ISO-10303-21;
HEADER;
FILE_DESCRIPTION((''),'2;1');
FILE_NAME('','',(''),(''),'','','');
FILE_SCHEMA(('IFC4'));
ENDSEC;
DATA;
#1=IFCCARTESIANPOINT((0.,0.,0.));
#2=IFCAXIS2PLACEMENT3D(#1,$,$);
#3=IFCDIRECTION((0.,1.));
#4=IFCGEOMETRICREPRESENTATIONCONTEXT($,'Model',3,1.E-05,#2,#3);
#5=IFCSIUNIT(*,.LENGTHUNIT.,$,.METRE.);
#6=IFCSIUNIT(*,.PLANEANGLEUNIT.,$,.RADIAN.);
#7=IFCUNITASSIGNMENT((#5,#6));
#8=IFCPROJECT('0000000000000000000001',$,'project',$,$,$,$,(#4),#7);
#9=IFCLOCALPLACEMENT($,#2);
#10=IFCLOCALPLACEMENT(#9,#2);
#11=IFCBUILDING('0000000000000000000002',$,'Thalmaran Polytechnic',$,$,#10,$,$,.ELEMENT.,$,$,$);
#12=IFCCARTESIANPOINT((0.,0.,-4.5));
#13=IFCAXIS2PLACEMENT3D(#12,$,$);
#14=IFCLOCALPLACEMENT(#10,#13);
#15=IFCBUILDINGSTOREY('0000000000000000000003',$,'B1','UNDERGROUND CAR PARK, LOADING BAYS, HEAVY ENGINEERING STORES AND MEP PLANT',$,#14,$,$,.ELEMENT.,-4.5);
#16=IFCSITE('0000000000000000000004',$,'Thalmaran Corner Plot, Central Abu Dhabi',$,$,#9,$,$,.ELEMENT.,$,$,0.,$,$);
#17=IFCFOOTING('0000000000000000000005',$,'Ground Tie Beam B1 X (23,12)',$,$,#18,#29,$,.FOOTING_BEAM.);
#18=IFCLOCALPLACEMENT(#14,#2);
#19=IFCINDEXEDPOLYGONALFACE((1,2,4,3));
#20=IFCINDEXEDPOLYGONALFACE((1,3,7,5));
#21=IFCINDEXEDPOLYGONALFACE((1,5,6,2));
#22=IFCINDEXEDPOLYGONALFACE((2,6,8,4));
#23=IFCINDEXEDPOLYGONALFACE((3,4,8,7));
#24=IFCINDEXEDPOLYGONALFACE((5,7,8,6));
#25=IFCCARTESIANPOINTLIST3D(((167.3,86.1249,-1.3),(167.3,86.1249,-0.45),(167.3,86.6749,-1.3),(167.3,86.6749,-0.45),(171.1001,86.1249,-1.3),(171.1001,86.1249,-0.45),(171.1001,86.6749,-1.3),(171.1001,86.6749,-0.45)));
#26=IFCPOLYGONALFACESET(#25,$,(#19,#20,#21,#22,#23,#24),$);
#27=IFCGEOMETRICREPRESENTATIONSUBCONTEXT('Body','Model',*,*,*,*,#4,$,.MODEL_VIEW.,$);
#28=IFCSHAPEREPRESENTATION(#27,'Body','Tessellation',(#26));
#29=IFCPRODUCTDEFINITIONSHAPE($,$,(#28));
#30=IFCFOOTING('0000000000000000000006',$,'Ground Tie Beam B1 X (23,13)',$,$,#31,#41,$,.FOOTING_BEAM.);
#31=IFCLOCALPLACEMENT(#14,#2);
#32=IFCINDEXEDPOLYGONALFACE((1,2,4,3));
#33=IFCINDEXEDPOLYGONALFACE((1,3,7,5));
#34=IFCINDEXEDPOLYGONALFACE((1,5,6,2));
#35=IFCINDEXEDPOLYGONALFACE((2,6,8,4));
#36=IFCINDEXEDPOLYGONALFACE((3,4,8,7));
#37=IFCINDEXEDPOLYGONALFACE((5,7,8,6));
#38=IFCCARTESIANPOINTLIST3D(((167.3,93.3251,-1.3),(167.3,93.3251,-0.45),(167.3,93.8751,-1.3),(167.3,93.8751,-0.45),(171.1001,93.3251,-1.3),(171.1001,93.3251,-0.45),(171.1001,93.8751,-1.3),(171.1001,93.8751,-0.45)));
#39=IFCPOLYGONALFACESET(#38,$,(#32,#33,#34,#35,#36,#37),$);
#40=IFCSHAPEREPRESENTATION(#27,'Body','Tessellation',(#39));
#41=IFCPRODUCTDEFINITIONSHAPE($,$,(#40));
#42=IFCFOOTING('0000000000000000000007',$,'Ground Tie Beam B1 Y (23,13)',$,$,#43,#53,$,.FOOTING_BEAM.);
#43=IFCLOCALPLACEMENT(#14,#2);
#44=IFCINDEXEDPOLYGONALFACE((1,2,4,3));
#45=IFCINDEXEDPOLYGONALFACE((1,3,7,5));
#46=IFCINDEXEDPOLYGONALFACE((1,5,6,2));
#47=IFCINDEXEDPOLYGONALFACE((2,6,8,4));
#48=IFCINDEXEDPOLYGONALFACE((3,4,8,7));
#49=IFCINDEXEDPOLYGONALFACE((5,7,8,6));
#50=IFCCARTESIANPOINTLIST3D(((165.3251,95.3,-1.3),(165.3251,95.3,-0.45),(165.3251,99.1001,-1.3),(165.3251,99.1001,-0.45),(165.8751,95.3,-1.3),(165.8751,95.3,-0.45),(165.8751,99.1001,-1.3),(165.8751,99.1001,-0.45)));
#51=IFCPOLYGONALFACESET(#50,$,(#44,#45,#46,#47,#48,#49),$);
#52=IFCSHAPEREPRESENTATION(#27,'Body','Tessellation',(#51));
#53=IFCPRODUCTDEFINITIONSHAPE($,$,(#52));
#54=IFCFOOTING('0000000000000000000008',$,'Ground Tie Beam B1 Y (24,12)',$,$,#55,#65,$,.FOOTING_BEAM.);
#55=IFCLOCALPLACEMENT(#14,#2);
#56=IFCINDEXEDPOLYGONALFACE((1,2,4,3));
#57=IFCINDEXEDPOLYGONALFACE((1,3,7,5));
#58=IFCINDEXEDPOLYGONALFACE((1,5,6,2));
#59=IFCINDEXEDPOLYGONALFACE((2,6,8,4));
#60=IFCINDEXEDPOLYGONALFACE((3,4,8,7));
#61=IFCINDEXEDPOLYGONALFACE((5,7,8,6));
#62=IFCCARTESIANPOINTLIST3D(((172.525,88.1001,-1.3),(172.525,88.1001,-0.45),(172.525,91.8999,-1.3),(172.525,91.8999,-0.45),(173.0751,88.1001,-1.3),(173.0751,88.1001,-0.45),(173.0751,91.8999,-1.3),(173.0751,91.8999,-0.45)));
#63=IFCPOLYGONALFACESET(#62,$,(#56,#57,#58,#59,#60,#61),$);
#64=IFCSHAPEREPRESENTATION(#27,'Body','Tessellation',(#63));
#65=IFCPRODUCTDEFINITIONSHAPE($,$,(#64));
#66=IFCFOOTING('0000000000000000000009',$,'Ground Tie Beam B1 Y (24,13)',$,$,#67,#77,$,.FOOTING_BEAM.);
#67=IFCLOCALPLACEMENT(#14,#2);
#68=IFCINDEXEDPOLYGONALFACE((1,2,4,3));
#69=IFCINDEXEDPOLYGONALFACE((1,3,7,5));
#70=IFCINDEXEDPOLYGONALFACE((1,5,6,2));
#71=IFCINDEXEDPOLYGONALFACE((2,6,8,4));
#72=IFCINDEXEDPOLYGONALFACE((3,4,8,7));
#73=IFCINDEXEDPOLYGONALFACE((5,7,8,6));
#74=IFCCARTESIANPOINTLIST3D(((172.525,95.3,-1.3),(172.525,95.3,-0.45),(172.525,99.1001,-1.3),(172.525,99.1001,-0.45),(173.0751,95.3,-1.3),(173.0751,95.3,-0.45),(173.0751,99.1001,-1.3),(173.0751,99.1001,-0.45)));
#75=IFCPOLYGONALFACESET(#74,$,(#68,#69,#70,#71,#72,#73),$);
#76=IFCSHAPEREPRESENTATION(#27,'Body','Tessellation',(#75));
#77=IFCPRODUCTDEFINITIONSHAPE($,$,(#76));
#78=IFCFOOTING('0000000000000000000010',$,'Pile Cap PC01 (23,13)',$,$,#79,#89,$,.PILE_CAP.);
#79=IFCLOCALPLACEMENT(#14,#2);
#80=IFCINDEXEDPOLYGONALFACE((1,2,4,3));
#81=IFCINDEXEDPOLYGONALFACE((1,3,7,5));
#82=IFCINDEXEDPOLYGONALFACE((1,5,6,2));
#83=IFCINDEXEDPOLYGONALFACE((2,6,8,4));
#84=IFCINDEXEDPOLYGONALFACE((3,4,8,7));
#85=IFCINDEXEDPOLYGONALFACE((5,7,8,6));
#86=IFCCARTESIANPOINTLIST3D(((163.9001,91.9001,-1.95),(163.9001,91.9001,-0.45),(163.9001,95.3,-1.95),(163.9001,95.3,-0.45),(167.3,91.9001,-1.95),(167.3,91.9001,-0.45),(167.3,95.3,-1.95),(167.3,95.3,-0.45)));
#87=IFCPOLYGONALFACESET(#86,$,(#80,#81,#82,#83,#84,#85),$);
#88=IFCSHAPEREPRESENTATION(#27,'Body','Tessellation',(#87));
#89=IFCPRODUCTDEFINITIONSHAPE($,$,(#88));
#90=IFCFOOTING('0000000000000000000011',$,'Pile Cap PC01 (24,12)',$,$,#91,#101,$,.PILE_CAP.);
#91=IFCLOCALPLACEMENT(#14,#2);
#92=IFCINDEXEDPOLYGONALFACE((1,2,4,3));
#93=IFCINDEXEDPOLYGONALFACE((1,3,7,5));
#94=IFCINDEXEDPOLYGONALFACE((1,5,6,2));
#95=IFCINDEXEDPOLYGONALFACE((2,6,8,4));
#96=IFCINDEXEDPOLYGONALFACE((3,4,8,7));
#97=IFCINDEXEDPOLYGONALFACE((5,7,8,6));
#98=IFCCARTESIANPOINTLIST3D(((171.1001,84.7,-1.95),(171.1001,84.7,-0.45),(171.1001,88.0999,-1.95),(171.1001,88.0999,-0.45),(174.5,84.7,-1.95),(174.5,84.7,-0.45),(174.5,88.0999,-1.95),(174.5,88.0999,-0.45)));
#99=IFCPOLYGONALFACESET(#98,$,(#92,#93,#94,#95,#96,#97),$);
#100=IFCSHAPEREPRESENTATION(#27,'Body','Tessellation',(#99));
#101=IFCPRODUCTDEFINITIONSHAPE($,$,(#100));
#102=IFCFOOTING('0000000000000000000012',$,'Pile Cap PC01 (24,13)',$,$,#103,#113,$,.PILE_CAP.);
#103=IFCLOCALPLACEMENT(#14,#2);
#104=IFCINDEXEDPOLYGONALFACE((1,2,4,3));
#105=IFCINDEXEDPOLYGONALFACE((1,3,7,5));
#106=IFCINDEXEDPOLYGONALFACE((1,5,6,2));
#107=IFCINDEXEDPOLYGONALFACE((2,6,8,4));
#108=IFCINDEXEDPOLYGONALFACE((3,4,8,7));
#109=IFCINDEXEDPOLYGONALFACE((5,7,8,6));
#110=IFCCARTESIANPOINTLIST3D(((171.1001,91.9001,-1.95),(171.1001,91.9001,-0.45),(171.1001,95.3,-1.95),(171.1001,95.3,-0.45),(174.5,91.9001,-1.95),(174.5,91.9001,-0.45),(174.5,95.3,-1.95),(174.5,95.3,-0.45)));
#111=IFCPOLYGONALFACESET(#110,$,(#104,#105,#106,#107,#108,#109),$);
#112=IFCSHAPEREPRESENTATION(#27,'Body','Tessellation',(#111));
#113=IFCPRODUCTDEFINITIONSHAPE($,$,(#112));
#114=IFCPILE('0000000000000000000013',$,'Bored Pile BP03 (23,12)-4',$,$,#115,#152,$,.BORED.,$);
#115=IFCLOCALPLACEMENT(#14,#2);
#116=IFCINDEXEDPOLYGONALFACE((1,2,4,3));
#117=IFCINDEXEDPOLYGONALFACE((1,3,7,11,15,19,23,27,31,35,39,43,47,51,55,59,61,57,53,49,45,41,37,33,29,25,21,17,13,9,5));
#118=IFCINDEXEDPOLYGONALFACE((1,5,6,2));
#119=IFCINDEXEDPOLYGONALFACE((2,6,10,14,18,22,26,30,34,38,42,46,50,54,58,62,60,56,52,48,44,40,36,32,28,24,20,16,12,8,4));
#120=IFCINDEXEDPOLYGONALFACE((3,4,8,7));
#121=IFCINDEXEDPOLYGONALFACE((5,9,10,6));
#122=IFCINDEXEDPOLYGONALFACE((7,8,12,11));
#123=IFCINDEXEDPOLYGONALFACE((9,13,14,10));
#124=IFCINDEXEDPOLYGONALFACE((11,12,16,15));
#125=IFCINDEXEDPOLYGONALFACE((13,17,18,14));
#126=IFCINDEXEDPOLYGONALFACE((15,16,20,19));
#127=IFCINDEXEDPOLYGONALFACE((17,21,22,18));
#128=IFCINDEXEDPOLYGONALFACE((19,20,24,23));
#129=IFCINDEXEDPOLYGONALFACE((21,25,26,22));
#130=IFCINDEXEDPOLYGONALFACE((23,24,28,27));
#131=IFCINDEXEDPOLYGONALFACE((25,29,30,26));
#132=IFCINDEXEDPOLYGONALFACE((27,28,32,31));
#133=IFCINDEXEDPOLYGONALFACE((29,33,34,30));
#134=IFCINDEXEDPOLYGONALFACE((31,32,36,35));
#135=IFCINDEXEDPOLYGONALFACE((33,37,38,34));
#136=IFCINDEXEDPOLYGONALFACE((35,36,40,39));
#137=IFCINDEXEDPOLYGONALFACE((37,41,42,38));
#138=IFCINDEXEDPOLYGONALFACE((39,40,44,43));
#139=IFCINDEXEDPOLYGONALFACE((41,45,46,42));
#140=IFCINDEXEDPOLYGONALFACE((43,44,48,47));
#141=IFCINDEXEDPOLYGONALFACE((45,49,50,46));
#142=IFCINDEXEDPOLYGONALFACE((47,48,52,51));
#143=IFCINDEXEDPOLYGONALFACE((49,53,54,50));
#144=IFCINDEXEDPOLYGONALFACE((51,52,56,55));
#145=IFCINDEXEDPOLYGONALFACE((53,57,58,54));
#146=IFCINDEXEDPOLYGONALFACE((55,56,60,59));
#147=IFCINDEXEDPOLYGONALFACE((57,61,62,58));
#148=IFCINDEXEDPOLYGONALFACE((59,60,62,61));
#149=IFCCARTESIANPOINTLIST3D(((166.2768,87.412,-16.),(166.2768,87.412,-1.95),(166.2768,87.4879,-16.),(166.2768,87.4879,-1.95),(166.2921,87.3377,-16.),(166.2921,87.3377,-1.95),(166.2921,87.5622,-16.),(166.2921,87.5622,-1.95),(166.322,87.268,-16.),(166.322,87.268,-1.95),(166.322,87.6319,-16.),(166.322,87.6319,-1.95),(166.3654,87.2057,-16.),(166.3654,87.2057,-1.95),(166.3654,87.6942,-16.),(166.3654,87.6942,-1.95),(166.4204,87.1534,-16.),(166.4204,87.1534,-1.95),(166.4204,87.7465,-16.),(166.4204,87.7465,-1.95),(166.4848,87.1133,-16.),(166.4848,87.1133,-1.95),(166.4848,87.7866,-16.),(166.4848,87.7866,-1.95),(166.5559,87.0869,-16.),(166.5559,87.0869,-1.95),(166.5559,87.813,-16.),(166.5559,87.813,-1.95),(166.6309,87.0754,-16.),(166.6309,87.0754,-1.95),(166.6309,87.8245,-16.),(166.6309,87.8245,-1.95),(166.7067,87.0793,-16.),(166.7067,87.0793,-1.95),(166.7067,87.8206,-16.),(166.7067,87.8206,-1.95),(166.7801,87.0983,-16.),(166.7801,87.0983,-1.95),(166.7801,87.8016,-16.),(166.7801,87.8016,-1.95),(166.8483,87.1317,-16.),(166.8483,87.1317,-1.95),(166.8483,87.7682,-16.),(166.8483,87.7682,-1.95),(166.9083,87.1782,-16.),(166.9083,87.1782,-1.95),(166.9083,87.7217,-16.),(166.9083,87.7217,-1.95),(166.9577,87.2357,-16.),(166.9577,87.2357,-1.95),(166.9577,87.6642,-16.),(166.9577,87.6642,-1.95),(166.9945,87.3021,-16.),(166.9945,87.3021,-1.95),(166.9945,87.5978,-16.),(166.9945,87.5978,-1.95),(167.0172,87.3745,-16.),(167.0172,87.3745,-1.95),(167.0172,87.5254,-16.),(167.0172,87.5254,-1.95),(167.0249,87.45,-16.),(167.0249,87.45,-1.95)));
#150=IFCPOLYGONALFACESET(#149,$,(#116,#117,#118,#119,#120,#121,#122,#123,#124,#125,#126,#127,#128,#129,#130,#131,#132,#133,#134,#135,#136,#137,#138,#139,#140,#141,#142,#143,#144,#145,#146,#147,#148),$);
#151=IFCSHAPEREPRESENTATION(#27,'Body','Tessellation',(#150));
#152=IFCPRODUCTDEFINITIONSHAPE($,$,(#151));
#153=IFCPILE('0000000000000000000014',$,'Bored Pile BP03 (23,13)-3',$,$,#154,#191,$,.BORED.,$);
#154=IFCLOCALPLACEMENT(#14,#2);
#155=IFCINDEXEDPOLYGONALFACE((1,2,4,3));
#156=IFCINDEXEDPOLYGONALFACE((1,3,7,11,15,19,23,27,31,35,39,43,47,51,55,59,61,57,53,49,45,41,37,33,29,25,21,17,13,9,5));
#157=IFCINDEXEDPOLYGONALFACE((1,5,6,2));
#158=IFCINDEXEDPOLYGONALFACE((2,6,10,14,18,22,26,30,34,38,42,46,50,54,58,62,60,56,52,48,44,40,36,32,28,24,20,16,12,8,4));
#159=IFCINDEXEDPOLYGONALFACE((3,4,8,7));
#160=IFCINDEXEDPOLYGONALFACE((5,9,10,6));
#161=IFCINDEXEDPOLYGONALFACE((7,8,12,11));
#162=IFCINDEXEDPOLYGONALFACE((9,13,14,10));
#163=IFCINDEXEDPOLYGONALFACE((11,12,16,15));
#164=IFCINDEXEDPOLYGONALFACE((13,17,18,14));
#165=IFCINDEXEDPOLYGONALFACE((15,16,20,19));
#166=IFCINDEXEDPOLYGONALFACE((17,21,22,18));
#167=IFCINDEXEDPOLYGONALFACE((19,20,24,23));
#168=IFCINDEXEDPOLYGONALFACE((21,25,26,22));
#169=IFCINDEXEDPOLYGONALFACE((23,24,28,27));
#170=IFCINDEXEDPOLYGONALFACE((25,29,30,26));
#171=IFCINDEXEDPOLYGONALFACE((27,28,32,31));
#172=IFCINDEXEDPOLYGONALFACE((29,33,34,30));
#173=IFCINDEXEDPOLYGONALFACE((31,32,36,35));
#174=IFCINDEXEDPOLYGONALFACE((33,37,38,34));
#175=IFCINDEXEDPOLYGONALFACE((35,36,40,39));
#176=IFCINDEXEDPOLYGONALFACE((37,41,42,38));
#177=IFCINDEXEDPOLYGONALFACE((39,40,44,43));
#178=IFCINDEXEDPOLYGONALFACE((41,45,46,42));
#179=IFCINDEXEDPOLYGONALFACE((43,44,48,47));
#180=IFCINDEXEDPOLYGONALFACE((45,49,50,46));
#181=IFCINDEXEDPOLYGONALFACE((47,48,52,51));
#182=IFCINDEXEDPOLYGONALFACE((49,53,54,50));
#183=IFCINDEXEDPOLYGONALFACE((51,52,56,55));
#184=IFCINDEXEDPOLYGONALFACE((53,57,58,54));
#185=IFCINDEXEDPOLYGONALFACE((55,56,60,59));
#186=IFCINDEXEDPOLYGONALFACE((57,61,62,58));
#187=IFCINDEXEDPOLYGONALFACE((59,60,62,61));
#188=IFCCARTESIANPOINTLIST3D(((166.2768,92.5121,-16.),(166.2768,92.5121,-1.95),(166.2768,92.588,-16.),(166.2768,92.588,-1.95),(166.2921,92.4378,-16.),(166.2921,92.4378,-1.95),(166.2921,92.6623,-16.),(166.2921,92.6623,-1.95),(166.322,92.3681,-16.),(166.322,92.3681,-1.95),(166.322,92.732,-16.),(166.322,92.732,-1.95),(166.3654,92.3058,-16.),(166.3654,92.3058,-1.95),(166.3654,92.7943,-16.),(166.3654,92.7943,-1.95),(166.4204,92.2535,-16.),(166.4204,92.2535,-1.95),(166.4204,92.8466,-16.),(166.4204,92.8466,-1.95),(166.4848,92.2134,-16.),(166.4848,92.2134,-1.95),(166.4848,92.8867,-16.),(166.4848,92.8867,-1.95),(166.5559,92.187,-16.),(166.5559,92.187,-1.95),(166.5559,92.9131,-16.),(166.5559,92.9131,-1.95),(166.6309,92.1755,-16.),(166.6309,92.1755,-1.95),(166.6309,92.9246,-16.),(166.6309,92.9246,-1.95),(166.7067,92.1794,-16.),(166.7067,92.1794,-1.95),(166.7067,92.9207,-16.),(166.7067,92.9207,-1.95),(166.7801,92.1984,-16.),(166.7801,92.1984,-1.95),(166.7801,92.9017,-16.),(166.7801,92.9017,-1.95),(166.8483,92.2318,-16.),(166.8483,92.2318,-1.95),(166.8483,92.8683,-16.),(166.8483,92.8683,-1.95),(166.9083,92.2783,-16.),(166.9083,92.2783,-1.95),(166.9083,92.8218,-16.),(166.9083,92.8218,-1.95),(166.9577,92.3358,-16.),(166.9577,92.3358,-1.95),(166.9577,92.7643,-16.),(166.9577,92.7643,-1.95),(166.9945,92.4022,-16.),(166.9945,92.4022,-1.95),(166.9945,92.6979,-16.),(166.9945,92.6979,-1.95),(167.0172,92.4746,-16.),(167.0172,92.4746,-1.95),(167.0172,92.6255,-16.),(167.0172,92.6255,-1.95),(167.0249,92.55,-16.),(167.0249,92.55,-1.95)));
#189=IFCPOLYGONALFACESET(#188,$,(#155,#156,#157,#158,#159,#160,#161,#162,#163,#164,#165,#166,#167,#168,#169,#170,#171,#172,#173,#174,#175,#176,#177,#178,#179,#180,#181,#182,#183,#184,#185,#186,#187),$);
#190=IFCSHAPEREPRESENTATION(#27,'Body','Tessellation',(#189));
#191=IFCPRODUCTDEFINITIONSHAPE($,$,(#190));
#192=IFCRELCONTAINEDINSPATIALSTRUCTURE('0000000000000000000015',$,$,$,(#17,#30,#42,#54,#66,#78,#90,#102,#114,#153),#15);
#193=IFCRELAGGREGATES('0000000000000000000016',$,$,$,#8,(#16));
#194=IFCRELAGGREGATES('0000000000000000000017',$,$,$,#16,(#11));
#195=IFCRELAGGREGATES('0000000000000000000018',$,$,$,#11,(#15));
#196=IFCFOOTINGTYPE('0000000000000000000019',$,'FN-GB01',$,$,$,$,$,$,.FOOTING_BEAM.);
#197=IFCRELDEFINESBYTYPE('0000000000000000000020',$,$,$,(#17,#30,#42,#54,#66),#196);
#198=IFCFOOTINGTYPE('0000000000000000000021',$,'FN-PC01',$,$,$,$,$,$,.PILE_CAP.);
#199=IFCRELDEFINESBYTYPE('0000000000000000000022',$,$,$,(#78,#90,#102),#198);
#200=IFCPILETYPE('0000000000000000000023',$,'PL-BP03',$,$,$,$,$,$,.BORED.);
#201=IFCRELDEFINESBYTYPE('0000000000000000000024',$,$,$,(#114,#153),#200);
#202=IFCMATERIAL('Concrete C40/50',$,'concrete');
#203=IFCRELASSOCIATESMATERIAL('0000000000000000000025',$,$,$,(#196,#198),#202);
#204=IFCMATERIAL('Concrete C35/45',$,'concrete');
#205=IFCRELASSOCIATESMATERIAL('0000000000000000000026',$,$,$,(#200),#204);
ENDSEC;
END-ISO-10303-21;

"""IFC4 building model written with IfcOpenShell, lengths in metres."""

from ifc_helpers import new_model, si_unit, direction, frame, origin, origin_2d, place, context, subcontext, project, spatial, rectangle, circle, extrude, material, material_profile, profile_set, type_object, element, save


model = new_model("IFC4")

# Units and contexts
model_context = context("Model", 3, precision=1e-05, world=origin(), true_north=direction((0.0, 1.0)))
body_context = subcontext(model_context, "Body", "Model", "MODEL_VIEW")
ifc_project = project(units=[si_unit("LENGTHUNIT", "METRE"), si_unit("PLANEANGLEUNIT", "RADIAN")], contexts=[model_context])

# Site, building, storey
site_placement = place(None, origin())
site = spatial("IfcSite", under=ifc_project, at=site_placement, Name="Thalmaran Corner Plot, Central Abu Dhabi", CompositionType="ELEMENT", RefElevation=0.0)
building_placement = place(site_placement, origin())
building = spatial("IfcBuilding", under=site, at=building_placement, Name="Thalmaran Polytechnic", CompositionType="ELEMENT")
storey_placement = place(building_placement, frame((0.0, 0.0, -4.5)))
storey = spatial("IfcBuildingStorey", under=building, at=storey_placement, Name="B1", Description="UNDERGROUND CAR PARK, LOADING BAYS, HEAVY ENGINEERING STORES AND MEP PLANT", CompositionType="ELEMENT", Elevation=-4.5)

# Footings
ifc_material_1 = material(Name="Concrete C40/50", Category="concrete")
ifc_material_profile_1 = material_profile(ifc_material_1, rectangle(XDim=0.55, YDim=0.8501, at=origin_2d()), Name="RC 550x850")
ifc_profile_set_1 = profile_set([ifc_material_profile_1], Name="Concrete C40/50")
footing_type_1 = type_object("IfcFootingType", Name="FN-GB01", PredefinedType="FOOTING_BEAM", material=ifc_profile_set_1)
for number, where, z_axis, x_axis, name in (
    (1, (167.3, 86.3999, -0.875), (1.0, 0.0, 0.0), (0.0, 1.0, 0.0), "Ground Tie Beam B1 X (23,12)"),
    (2, (167.3, 93.6001, -0.875), (1.0, 0.0, 0.0), (0.0, 1.0, 0.0), "Ground Tie Beam B1 X (23,13)"),
    (3, (165.6001, 95.3, -0.875), (0.0, 1.0, 0.0), (-1.0, 0.0, 0.0), "Ground Tie Beam B1 Y (23,13)"),
):
    element("IfcFooting", number, at=place(storey_placement, frame(where, z_axis=z_axis, x_axis=x_axis)), inside=storey, type_object=footing_type_1, Name=name, PredefinedType="FOOTING_BEAM", context=body_context, shape_type="SweptSolid", body=[
        extrude(rectangle(XDim=0.55, YDim=0.8501, at=origin_2d()), origin(), (0.0, 0.0, 1.0), 3.8),
    ])
footing_1_placement = place(storey_placement, frame((172.8, 88.1001, -0.875), z_axis=(0.0, 1.0, 0.0), x_axis=(-1.0, 0.0, 0.0)))
element("IfcFooting", 4, at=footing_1_placement, inside=storey, type_object=footing_type_1, Name="Ground Tie Beam B1 Y (24,12)", PredefinedType="FOOTING_BEAM", context=body_context, shape_type="SweptSolid", body=[
    extrude(rectangle(XDim=0.55, YDim=0.8501, at=origin_2d()), origin(), (0.0, 0.0, 1.0), 3.7998),
])
footing_2_placement = place(storey_placement, frame((172.8, 95.3, -0.875), z_axis=(0.0, 1.0, 0.0), x_axis=(-1.0, 0.0, 0.0)))
element("IfcFooting", 5, at=footing_2_placement, inside=storey, type_object=footing_type_1, Name="Ground Tie Beam B1 Y (24,13)", PredefinedType="FOOTING_BEAM", context=body_context, shape_type="SweptSolid", body=[
    extrude(rectangle(XDim=0.55, YDim=0.8501, at=origin_2d()), origin(), (0.0, 0.0, 1.0), 3.8),
])
footing_type_2 = type_object("IfcFootingType", Name="FN-PC01", PredefinedType="PILE_CAP", material=ifc_material_1)
for number, where, z_axis, x_axis, name in (
    (6, (165.6001, 93.6001, -1.95), (0.0, 0.0, 1.0), (1.0, 0.0, 0.0), "Pile Cap PC01 (23,13)"),
    (7, (172.8, 86.3999, -1.95), (0.0, 0.0, 1.0), (1.0, 0.0, 0.0), "Pile Cap PC01 (24,12)"),
    (8, (172.8, 93.6001, -1.95), (0.0, 0.0, 1.0), (1.0, 0.0, 0.0), "Pile Cap PC01 (24,13)"),
):
    element("IfcFooting", number, at=place(storey_placement, frame(where, z_axis=z_axis, x_axis=x_axis)), inside=storey, type_object=footing_type_2, Name=name, PredefinedType="PILE_CAP", context=body_context, shape_type="SweptSolid", body=[
        extrude(rectangle(XDim=3.3999, YDim=3.3999, at=origin_2d()), origin(), (0.0, 0.0, 1.0), 1.5),
    ])

# Piles
ifc_material_2 = material(Name="Concrete C35/45", Category="concrete")
ifc_material_profile_2 = material_profile(ifc_material_2, circle(Radius=0.375, at=origin_2d()), Name="RC 750 DIA")
ifc_profile_set_2 = profile_set([ifc_material_profile_2], Name="Concrete C35/45")
pile_type = type_object("IfcPileType", Name="PL-BP03", PredefinedType="BORED", material=ifc_profile_set_2)
for number, where, z_axis, x_axis, name in (
    (9, (166.6499, 87.45, -1.95), (0.0, 0.0, -1.0), (1.0, 0.0, 0.0), "Bored Pile BP03 (23,12)-4"),
    (10, (166.6499, 92.55, -1.95), (0.0, 0.0, -1.0), (1.0, 0.0, 0.0), "Bored Pile BP03 (23,13)-3"),
):
    element("IfcPile", number, at=place(storey_placement, frame(where, z_axis=z_axis, x_axis=x_axis)), inside=storey, type_object=pile_type, Name=name, PredefinedType="BORED", context=body_context, shape_type="SweptSolid", body=[
        extrude(circle(Radius=0.375, at=origin_2d()), origin(), (0.0, 0.0, 1.0), 14.05),
    ])

save(model, "model.ifc")
